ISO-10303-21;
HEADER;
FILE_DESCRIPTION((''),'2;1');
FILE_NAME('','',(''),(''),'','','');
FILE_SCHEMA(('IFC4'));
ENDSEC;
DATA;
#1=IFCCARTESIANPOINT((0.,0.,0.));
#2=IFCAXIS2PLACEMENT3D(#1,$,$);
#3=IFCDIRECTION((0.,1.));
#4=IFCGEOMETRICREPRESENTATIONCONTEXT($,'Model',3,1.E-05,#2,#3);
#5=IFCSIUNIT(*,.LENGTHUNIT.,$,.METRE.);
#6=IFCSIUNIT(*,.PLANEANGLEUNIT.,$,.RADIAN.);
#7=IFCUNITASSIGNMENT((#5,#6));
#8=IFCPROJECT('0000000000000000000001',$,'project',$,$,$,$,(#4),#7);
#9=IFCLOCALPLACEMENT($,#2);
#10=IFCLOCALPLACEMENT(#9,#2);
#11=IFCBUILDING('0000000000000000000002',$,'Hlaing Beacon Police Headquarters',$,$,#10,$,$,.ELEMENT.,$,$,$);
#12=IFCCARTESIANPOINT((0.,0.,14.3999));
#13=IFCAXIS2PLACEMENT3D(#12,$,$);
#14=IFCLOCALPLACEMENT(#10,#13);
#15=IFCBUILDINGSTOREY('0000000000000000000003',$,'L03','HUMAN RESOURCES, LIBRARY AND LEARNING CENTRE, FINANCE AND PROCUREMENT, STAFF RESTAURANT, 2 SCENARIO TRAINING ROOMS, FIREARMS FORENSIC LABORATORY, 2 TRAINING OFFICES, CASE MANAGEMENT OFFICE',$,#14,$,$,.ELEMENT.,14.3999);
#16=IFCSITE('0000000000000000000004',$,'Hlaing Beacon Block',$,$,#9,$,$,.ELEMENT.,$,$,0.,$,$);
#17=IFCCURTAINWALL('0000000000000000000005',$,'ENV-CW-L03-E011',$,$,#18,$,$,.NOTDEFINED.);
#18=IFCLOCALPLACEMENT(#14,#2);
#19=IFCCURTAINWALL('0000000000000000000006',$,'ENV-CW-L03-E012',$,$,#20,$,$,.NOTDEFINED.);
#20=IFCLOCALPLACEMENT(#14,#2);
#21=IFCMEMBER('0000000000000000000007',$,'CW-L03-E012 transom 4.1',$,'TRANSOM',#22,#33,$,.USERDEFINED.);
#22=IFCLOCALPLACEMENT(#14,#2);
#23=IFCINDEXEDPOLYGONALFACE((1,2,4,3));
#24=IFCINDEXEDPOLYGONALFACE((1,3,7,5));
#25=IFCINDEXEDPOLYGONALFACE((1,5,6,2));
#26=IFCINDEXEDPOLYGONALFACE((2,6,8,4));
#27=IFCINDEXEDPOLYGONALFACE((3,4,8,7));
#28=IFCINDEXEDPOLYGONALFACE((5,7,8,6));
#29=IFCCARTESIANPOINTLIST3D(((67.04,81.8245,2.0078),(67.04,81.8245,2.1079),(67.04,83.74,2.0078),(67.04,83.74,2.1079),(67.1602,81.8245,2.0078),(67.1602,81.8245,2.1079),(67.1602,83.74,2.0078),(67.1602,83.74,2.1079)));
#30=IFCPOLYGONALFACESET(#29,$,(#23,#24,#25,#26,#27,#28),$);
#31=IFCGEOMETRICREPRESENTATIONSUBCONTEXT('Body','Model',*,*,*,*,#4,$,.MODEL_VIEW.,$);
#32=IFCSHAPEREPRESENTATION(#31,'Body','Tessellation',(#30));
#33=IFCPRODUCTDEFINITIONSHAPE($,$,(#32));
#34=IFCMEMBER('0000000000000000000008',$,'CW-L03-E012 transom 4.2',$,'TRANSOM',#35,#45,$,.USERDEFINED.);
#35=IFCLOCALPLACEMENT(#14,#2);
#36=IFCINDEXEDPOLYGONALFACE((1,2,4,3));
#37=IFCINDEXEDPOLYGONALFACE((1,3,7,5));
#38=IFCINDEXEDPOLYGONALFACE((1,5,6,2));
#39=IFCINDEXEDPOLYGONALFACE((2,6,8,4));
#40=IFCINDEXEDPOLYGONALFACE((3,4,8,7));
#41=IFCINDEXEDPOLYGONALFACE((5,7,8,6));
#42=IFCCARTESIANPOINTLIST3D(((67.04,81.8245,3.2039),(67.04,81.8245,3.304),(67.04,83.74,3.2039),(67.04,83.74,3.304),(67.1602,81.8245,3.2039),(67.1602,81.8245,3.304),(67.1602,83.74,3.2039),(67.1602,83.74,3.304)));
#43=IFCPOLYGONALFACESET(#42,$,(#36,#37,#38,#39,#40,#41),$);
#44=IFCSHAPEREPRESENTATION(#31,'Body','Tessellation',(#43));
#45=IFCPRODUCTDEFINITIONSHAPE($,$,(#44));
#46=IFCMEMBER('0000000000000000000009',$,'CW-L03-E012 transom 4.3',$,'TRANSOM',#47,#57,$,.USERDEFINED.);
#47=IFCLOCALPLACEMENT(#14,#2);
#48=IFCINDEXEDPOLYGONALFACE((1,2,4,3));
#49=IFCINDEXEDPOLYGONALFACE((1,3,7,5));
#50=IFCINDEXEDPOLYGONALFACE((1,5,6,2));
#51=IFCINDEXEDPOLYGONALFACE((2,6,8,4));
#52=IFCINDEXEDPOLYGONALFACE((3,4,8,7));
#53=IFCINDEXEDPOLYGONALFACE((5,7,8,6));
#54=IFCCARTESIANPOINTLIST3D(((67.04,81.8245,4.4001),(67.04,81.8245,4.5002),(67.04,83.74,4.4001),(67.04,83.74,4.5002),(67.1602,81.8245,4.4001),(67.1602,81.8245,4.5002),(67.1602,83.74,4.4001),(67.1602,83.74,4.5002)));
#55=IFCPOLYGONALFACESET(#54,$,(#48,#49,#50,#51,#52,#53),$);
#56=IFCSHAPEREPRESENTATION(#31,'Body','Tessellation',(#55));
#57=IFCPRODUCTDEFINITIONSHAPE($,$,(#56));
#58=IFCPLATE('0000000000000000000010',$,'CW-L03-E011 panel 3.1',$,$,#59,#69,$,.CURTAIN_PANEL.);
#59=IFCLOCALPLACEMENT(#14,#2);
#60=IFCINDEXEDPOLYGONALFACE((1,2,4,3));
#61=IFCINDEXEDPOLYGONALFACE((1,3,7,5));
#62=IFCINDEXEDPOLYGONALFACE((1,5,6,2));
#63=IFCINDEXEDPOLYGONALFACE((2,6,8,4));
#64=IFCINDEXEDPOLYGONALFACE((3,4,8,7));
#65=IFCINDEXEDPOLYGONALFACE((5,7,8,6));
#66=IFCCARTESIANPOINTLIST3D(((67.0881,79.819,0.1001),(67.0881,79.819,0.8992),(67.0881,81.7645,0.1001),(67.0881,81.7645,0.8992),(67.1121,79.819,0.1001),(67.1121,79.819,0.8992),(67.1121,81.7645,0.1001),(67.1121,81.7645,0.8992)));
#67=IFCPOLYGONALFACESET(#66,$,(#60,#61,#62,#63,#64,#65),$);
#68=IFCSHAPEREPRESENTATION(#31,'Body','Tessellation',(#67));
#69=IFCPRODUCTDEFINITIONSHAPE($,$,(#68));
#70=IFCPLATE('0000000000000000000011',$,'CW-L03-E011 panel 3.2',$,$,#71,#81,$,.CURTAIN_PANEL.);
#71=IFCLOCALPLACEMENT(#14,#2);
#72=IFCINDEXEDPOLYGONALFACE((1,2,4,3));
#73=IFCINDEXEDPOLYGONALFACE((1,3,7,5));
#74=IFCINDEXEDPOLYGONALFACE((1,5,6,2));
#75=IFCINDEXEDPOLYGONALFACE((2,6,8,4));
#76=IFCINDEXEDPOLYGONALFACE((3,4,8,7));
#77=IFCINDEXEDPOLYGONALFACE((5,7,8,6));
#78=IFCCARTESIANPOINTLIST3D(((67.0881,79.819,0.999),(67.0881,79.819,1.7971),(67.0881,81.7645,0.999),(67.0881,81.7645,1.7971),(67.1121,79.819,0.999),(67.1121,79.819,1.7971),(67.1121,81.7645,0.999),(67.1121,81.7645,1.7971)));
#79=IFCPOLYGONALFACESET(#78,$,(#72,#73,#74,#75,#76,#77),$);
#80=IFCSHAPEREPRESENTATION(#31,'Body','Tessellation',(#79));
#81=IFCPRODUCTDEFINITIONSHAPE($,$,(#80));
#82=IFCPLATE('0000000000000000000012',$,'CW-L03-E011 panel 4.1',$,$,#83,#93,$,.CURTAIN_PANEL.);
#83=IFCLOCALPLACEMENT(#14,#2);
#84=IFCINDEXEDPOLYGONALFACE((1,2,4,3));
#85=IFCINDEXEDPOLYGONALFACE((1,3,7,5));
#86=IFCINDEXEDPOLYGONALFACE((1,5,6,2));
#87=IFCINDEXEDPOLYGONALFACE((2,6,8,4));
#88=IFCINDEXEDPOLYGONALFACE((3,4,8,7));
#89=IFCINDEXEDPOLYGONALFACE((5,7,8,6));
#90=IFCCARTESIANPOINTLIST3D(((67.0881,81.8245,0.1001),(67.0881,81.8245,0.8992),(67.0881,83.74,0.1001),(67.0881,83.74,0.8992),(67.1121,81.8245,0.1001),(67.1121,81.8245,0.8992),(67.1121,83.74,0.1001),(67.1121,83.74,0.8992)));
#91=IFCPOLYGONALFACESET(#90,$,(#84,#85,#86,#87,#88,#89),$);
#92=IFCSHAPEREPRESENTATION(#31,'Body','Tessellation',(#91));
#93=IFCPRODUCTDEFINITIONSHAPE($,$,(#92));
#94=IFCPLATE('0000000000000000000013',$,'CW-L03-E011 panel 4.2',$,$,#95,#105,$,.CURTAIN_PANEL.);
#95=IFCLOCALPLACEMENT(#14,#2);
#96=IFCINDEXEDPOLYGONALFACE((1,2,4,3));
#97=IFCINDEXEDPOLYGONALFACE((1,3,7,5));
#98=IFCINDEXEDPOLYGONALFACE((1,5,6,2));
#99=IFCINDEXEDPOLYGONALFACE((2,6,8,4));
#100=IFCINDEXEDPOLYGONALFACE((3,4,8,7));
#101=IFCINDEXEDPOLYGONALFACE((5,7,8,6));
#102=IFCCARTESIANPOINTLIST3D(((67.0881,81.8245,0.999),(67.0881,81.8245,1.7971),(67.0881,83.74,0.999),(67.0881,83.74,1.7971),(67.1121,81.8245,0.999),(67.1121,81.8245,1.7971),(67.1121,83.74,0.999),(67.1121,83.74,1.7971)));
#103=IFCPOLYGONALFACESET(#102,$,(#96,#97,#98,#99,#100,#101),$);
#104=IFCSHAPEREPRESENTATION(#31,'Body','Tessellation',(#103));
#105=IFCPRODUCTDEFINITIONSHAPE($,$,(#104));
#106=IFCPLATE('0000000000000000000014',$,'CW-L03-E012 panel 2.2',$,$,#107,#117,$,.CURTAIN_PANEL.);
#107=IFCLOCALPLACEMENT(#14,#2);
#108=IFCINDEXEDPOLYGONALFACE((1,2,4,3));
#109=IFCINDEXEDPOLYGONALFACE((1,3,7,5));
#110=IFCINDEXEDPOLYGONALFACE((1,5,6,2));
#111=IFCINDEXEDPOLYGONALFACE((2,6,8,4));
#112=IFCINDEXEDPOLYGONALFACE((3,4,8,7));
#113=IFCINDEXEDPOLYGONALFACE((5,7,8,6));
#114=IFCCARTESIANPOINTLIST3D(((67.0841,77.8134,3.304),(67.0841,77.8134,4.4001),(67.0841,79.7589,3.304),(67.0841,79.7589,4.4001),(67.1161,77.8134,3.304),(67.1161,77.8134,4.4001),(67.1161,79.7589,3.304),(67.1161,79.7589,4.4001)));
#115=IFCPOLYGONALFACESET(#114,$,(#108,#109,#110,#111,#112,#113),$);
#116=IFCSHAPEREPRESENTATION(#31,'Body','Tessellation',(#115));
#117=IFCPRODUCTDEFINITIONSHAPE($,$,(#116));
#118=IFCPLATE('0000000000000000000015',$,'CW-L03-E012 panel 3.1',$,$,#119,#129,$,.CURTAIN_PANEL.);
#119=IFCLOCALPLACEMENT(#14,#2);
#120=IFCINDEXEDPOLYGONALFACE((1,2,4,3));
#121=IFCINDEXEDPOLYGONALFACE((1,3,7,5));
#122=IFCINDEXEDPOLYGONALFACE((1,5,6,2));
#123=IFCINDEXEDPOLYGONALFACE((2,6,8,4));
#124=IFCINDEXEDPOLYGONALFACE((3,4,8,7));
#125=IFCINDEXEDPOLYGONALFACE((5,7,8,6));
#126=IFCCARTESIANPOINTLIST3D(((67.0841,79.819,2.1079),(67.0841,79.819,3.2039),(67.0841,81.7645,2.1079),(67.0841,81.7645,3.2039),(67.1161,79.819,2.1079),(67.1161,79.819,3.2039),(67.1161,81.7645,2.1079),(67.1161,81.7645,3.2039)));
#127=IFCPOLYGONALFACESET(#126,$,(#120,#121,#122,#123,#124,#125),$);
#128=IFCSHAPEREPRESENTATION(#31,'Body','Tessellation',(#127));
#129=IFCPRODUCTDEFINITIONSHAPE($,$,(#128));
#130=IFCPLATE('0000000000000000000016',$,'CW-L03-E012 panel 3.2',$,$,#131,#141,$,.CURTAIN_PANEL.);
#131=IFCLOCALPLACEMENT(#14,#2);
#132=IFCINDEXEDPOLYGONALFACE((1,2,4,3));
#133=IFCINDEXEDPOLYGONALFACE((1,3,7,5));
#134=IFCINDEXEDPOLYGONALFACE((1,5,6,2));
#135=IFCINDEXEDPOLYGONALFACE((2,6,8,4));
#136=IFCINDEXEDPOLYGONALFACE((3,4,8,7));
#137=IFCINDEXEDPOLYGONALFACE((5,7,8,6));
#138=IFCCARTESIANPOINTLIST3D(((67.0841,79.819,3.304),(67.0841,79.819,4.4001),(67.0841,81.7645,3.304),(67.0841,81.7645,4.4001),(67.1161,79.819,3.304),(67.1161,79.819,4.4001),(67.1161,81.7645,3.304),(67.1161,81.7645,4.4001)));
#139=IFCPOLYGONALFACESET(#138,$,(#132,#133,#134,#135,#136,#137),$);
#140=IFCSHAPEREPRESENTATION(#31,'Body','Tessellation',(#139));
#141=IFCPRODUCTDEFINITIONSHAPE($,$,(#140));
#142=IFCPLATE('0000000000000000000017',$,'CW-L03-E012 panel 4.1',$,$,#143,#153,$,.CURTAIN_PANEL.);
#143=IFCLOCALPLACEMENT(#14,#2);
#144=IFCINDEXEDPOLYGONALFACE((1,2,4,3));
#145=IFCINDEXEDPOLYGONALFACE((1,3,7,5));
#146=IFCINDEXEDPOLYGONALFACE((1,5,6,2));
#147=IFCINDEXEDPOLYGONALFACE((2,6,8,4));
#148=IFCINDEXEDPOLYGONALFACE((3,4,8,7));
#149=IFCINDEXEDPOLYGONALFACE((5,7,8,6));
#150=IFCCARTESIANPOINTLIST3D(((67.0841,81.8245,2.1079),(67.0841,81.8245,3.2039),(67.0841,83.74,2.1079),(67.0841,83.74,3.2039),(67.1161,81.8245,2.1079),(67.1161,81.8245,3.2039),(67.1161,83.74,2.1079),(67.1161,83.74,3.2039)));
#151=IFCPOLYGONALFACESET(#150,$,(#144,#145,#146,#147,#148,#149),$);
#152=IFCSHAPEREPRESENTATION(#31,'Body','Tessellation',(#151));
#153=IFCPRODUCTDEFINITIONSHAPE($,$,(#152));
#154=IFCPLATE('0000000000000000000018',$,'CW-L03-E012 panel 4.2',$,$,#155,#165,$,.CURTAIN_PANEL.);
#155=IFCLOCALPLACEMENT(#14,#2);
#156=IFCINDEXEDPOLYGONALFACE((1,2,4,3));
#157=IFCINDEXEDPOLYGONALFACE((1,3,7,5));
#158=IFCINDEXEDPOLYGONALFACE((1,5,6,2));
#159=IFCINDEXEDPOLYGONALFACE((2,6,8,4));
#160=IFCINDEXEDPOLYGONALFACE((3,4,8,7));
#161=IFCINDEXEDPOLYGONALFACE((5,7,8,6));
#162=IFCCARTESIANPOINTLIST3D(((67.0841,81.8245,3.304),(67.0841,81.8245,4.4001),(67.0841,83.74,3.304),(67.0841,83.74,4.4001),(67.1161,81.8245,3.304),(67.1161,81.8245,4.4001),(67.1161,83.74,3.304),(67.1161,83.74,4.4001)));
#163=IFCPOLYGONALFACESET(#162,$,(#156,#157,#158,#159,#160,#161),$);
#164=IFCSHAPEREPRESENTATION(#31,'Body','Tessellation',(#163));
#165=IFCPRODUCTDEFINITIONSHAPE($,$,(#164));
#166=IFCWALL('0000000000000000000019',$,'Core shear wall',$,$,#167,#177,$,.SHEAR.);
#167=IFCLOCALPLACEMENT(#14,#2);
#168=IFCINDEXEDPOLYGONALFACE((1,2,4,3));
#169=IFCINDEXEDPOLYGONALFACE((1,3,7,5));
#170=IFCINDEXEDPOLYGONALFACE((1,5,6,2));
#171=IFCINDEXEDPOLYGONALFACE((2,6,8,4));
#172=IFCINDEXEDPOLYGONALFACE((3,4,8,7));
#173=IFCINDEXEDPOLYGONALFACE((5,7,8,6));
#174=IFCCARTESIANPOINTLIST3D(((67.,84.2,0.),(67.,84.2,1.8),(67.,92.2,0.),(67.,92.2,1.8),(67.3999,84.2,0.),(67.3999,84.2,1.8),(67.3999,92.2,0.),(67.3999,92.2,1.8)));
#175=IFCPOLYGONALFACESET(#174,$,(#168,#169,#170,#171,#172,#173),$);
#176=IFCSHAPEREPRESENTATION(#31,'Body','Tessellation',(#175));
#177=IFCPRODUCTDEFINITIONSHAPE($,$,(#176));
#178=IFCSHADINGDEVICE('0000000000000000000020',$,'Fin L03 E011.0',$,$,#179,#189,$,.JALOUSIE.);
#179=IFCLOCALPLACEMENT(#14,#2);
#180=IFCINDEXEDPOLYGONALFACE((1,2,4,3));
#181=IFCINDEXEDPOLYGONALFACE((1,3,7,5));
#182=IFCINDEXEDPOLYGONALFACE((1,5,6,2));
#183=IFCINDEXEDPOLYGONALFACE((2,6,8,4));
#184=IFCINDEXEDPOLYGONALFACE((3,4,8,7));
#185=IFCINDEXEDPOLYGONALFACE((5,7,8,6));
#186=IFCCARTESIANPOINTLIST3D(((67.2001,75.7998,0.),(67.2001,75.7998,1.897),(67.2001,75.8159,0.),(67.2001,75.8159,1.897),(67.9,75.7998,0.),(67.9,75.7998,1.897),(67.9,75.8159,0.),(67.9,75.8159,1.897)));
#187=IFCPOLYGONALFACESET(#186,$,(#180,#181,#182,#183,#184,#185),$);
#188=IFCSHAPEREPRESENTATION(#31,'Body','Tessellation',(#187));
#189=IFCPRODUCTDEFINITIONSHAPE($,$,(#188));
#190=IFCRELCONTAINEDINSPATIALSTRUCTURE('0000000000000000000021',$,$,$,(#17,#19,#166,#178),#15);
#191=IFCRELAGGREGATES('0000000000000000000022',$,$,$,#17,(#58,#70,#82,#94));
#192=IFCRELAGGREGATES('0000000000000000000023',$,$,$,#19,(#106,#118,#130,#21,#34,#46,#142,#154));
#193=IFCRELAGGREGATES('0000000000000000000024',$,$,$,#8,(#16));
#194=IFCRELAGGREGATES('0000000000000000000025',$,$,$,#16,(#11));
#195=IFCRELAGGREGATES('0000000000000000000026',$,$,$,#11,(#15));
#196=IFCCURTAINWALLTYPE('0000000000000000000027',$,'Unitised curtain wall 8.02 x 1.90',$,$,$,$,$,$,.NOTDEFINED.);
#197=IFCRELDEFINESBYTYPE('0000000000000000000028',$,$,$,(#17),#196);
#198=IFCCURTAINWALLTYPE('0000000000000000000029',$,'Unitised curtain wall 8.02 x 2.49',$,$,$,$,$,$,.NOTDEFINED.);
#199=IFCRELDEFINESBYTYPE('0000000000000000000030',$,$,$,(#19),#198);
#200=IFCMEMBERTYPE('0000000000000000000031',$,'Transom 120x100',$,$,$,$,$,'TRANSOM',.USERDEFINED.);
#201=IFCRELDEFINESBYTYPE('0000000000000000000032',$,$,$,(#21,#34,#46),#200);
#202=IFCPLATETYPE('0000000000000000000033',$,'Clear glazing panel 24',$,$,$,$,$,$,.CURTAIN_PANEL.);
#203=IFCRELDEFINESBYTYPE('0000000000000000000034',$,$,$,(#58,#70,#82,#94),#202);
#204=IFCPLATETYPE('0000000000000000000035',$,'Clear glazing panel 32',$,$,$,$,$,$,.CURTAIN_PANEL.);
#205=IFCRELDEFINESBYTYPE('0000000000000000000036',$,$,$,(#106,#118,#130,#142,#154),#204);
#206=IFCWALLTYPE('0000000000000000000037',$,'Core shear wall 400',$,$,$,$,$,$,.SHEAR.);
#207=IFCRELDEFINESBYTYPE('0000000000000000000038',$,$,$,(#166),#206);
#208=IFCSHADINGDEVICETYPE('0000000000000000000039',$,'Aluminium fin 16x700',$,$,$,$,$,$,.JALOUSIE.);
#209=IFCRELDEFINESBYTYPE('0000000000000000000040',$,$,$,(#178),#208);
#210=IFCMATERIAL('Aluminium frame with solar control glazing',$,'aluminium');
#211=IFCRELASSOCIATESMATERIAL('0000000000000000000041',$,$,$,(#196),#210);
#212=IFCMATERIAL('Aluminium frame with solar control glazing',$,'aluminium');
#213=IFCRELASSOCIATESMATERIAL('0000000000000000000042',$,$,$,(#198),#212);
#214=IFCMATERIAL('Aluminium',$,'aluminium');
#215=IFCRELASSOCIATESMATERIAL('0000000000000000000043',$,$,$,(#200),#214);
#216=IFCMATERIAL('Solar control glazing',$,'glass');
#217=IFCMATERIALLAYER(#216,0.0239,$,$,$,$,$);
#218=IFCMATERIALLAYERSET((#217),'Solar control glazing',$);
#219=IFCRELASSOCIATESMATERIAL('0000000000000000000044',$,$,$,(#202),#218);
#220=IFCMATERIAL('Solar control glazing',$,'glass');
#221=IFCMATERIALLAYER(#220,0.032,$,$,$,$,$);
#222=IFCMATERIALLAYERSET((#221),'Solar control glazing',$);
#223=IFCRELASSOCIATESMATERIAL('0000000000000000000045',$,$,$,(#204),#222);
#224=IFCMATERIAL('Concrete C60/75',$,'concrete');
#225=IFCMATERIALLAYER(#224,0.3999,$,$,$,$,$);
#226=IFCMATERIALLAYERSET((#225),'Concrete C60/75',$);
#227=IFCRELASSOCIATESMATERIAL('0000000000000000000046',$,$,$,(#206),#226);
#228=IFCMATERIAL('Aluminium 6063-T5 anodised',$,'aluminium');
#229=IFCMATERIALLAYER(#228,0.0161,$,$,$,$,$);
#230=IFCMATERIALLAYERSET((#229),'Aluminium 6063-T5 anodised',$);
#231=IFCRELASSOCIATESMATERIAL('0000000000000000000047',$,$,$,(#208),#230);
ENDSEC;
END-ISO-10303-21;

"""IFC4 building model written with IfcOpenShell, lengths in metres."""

from ifc_helpers import new_model, si_unit, direction, frame, frame_2d, origin, origin_2d, place, context, subcontext, project, spatial, rectangle, extrude, material, layer, layer_set, material_profile, profile_set, type_object, element, aggregate, save


model = new_model("IFC4")

# Units and contexts
model_context = context("Model", 3, precision=1e-05, world=origin(), true_north=direction((0.0, 1.0)))
body_context = subcontext(model_context, "Body", "Model", "MODEL_VIEW")
ifc_project = project(units=[si_unit("LENGTHUNIT", "METRE"), si_unit("PLANEANGLEUNIT", "RADIAN")], contexts=[model_context])

# Site, building, storey
site_placement = place(None, origin())
site = spatial("IfcSite", under=ifc_project, at=site_placement, Name="Hlaing Beacon Block", CompositionType="ELEMENT", RefElevation=0.0)
building_placement = place(site_placement, origin())
building = spatial("IfcBuilding", under=site, at=building_placement, Name="Hlaing Beacon Police Headquarters", CompositionType="ELEMENT")
storey_placement = place(building_placement, frame((0.0, 0.0, 14.3999)))
storey = spatial("IfcBuildingStorey", under=building, at=storey_placement, Name="L03", Description="HUMAN RESOURCES, LIBRARY AND LEARNING CENTRE, FINANCE AND PROCUREMENT, STAFF RESTAURANT, 2 SCENARIO TRAINING ROOMS, FIREARMS FORENSIC LABORATORY, 2 TRAINING OFFICES, CASE MANAGEMENT OFFICE", CompositionType="ELEMENT", Elevation=14.3999)

# Curtain walls
ifc_material_1 = material(Name="Aluminium frame with solar control glazing", Category="aluminium")
curtain_wall_type_1 = type_object("IfcCurtainWallType", Name="Unitised curtain wall 8.02 x 1.90", PredefinedType="NOTDEFINED", material=ifc_material_1)
curtain_wall_1_placement = place(storey_placement, origin())
curtain_wall_1 = element("IfcCurtainWall", 1, at=curtain_wall_1_placement, inside=storey, type_object=curtain_wall_type_1, Name="ENV-CW-L03-E011", PredefinedType="NOTDEFINED")
ifc_material_2 = material(Name="Aluminium frame with solar control glazing", Category="aluminium")
curtain_wall_type_2 = type_object("IfcCurtainWallType", Name="Unitised curtain wall 8.02 x 2.49", PredefinedType="NOTDEFINED", material=ifc_material_2)
curtain_wall_2_placement = place(storey_placement, origin())
curtain_wall_2 = element("IfcCurtainWall", 2, at=curtain_wall_2_placement, inside=storey, type_object=curtain_wall_type_2, Name="ENV-CW-L03-E012", PredefinedType="NOTDEFINED")

# Members
ifc_material_3 = material(Name="Aluminium", Category="aluminium")
ifc_material_profile_1 = material_profile(ifc_material_3, rectangle(XDim=0.1201, YDim=0.1001, at=origin_2d()), Name="Transom 120x100")
ifc_profile_set_1 = profile_set([ifc_material_profile_1], Name="Aluminium")
member_type_1 = type_object("IfcMemberType", Name="Transom 120x100", ElementType="TRANSOM", PredefinedType="USERDEFINED", material=ifc_profile_set_1)
member_1_placement = place(storey_placement, frame((67.1001, 81.8245, 2.0579), z_axis=(0.0, 1.0, 0.0), x_axis=(-1.0, 0.0, 0.0)))
member_1 = element("IfcMember", 3, at=member_1_placement, type_object=member_type_1, Name="CW-L03-E012 transom 4.1", ObjectType="TRANSOM", PredefinedType="USERDEFINED", context=body_context, shape_type="SweptSolid", body=[
    extrude(rectangle(XDim=0.1201, YDim=0.1001, at=origin_2d()), origin(), (0.0, 0.0, 1.0), 1.9155),
])
member_2_placement = place(storey_placement, frame((67.1001, 81.8245, 3.2539), z_axis=(0.0, 1.0, 0.0), x_axis=(-1.0, 0.0, 0.0)))
member_2 = element("IfcMember", 4, at=member_2_placement, type_object=member_type_1, Name="CW-L03-E012 transom 4.2", ObjectType="TRANSOM", PredefinedType="USERDEFINED", context=body_context, shape_type="SweptSolid", body=[
    extrude(rectangle(XDim=0.1201, YDim=0.1001, at=origin_2d()), origin(), (0.0, 0.0, 1.0), 1.9155),
])
member_3_placement = place(storey_placement, frame((67.1001, 81.8245, 4.4502), z_axis=(0.0, 1.0, 0.0), x_axis=(-1.0, 0.0, 0.0)))
member_3 = element("IfcMember", 5, at=member_3_placement, type_object=member_type_1, Name="CW-L03-E012 transom 4.3", ObjectType="TRANSOM", PredefinedType="USERDEFINED", context=body_context, shape_type="SweptSolid", body=[
    extrude(rectangle(XDim=0.1201, YDim=0.1001, at=origin_2d()), origin(), (0.0, 0.0, 1.0), 1.9155),
])

# Plates
ifc_material_4 = material(Name="Solar control glazing", Category="glass")
ifc_layer_1 = layer(ifc_material_4, 0.0239)
ifc_layer_set_1 = layer_set([ifc_layer_1], Name="Solar control glazing")
plate_type_1 = type_object("IfcPlateType", Name="Clear glazing panel 24", PredefinedType="CURTAIN_PANEL", material=ifc_layer_set_1)
plate_1_placement = place(storey_placement, frame((67.1001, 80.7917, 0.1001), z_axis=(0.0, 0.0, 1.0), x_axis=(0.0, 1.0, 0.0)))
plate_1 = element("IfcPlate", 6, at=plate_1_placement, type_object=plate_type_1, Name="CW-L03-E011 panel 3.1", PredefinedType="CURTAIN_PANEL", context=body_context, shape_type="SweptSolid", body=[
    extrude(rectangle(XDim=1.9456, YDim=0.0239, at=origin_2d()), origin(), (0.0, 0.0, 1.0), 0.7991),
])
plate_2_placement = place(storey_placement, frame((67.1001, 80.7917, 0.999), z_axis=(0.0, 0.0, 1.0), x_axis=(0.0, 1.0, 0.0)))
plate_2 = element("IfcPlate", 7, at=plate_2_placement, type_object=plate_type_1, Name="CW-L03-E011 panel 3.2", PredefinedType="CURTAIN_PANEL", context=body_context, shape_type="SweptSolid", body=[
    extrude(rectangle(XDim=1.9456, YDim=0.0239, at=origin_2d()), origin(), (0.0, 0.0, 1.0), 0.7981),
])
plate_3_placement = place(storey_placement, frame((67.1001, 82.7822, 0.1001), z_axis=(0.0, 0.0, 1.0), x_axis=(0.0, 1.0, 0.0)))
plate_3 = element("IfcPlate", 8, at=plate_3_placement, type_object=plate_type_1, Name="CW-L03-E011 panel 4.1", PredefinedType="CURTAIN_PANEL", context=body_context, shape_type="SweptSolid", body=[
    extrude(rectangle(XDim=1.9155, YDim=0.0239, at=origin_2d()), origin(), (0.0, 0.0, 1.0), 0.7991),
])
plate_4_placement = place(storey_placement, frame((67.1001, 82.7822, 0.999), z_axis=(0.0, 0.0, 1.0), x_axis=(0.0, 1.0, 0.0)))
plate_4 = element("IfcPlate", 9, at=plate_4_placement, type_object=plate_type_1, Name="CW-L03-E011 panel 4.2", PredefinedType="CURTAIN_PANEL", context=body_context, shape_type="SweptSolid", body=[
    extrude(rectangle(XDim=1.9155, YDim=0.0239, at=origin_2d()), origin(), (0.0, 0.0, 1.0), 0.7981),
])
aggregate(curtain_wall_1, [plate_1, plate_2, plate_3, plate_4])
ifc_material_5 = material(Name="Solar control glazing", Category="glass")
ifc_layer_2 = layer(ifc_material_5, 0.032)
ifc_layer_set_2 = layer_set([ifc_layer_2], Name="Solar control glazing")
plate_type_2 = type_object("IfcPlateType", Name="Clear glazing panel 32", PredefinedType="CURTAIN_PANEL", material=ifc_layer_set_2)
plate_5_placement = place(storey_placement, frame((67.1001, 78.7861, 3.304), z_axis=(0.0, 0.0, 1.0), x_axis=(0.0, 1.0, 0.0)))
plate_5 = element("IfcPlate", 10, at=plate_5_placement, type_object=plate_type_2, Name="CW-L03-E012 panel 2.2", PredefinedType="CURTAIN_PANEL", context=body_context, shape_type="SweptSolid", body=[
    extrude(rectangle(XDim=1.9456, YDim=0.032, at=origin_2d()), origin(), (0.0, 0.0, 1.0), 1.0962),
])
plate_6_placement = place(storey_placement, frame((67.1001, 80.7917, 2.1079), z_axis=(0.0, 0.0, 1.0), x_axis=(0.0, 1.0, 0.0)))
plate_6 = element("IfcPlate", 11, at=plate_6_placement, type_object=plate_type_2, Name="CW-L03-E012 panel 3.1", PredefinedType="CURTAIN_PANEL", context=body_context, shape_type="SweptSolid", body=[
    extrude(rectangle(XDim=1.9456, YDim=0.032, at=origin_2d()), origin(), (0.0, 0.0, 1.0), 1.0959),
])
plate_7_placement = place(storey_placement, frame((67.1001, 80.7917, 3.304), z_axis=(0.0, 0.0, 1.0), x_axis=(0.0, 1.0, 0.0)))
plate_7 = element("IfcPlate", 12, at=plate_7_placement, type_object=plate_type_2, Name="CW-L03-E012 panel 3.2", PredefinedType="CURTAIN_PANEL", context=body_context, shape_type="SweptSolid", body=[
    extrude(rectangle(XDim=1.9456, YDim=0.032, at=origin_2d()), origin(), (0.0, 0.0, 1.0), 1.0962),
])
plate_8_placement = place(storey_placement, frame((67.1001, 82.7822, 2.1079), z_axis=(0.0, 0.0, 1.0), x_axis=(0.0, 1.0, 0.0)))
plate_8 = element("IfcPlate", 13, at=plate_8_placement, type_object=plate_type_2, Name="CW-L03-E012 panel 4.1", PredefinedType="CURTAIN_PANEL", context=body_context, shape_type="SweptSolid", body=[
    extrude(rectangle(XDim=1.9155, YDim=0.032, at=origin_2d()), origin(), (0.0, 0.0, 1.0), 1.0959),
])
plate_9_placement = place(storey_placement, frame((67.1001, 82.7822, 3.304), z_axis=(0.0, 0.0, 1.0), x_axis=(0.0, 1.0, 0.0)))
plate_9 = element("IfcPlate", 14, at=plate_9_placement, type_object=plate_type_2, Name="CW-L03-E012 panel 4.2", PredefinedType="CURTAIN_PANEL", context=body_context, shape_type="SweptSolid", body=[
    extrude(rectangle(XDim=1.9155, YDim=0.032, at=origin_2d()), origin(), (0.0, 0.0, 1.0), 1.0962),
])
aggregate(curtain_wall_2, [plate_5, plate_6, plate_7, member_1, member_2, member_3, plate_8, plate_9])

# Wall
ifc_material_6 = material(Name="Concrete C60/75", Category="concrete")
ifc_layer_3 = layer(ifc_material_6, 0.3999)
ifc_layer_set_3 = layer_set([ifc_layer_3], Name="Concrete C60/75")
wall_type = type_object("IfcWallType", Name="Core shear wall 400", PredefinedType="SHEAR", material=ifc_layer_set_3)
wall_placement = place(storey_placement, frame((67.2, 84.2, 0.0), z_axis=(0.0, 0.0, 1.0), x_axis=(0.0, 1.0, 0.0)))
element("IfcWall", 15, at=wall_placement, inside=storey, type_object=wall_type, Name="Core shear wall", PredefinedType="SHEAR", context=body_context, shape_type="SweptSolid", body=[
    extrude(rectangle(XDim=8.0, YDim=0.3999, at=frame_2d((4.0, 0.0))), origin(), (0.0, 0.0, 1.0), 1.8),
])

# Shading device
ifc_material_7 = material(Name="Aluminium 6063-T5 anodised", Category="aluminium")
ifc_layer_4 = layer(ifc_material_7, 0.0161)
ifc_layer_set_4 = layer_set([ifc_layer_4], Name="Aluminium 6063-T5 anodised")
shading_device_type = type_object("IfcShadingDeviceType", Name="Aluminium fin 16x700", PredefinedType="JALOUSIE", material=ifc_layer_set_4)
for number, where, z_axis, x_axis, name in (
    (16, (67.55, 75.8079, 0.0), (0.0, 0.0, 1.0), (0.0, 1.0, 0.0), "Fin L03 E011.0"),
):
    element("IfcShadingDevice", number, at=place(storey_placement, frame(where, z_axis=z_axis, x_axis=x_axis)), inside=storey, type_object=shading_device_type, Name=name, PredefinedType="JALOUSIE", context=body_context, shape_type="SweptSolid", body=[
        extrude(rectangle(XDim=0.0161, YDim=0.7, at=origin_2d()), origin(), (0.0, 0.0, 1.0), 1.897),
    ])

save(model, "model.ifc")
